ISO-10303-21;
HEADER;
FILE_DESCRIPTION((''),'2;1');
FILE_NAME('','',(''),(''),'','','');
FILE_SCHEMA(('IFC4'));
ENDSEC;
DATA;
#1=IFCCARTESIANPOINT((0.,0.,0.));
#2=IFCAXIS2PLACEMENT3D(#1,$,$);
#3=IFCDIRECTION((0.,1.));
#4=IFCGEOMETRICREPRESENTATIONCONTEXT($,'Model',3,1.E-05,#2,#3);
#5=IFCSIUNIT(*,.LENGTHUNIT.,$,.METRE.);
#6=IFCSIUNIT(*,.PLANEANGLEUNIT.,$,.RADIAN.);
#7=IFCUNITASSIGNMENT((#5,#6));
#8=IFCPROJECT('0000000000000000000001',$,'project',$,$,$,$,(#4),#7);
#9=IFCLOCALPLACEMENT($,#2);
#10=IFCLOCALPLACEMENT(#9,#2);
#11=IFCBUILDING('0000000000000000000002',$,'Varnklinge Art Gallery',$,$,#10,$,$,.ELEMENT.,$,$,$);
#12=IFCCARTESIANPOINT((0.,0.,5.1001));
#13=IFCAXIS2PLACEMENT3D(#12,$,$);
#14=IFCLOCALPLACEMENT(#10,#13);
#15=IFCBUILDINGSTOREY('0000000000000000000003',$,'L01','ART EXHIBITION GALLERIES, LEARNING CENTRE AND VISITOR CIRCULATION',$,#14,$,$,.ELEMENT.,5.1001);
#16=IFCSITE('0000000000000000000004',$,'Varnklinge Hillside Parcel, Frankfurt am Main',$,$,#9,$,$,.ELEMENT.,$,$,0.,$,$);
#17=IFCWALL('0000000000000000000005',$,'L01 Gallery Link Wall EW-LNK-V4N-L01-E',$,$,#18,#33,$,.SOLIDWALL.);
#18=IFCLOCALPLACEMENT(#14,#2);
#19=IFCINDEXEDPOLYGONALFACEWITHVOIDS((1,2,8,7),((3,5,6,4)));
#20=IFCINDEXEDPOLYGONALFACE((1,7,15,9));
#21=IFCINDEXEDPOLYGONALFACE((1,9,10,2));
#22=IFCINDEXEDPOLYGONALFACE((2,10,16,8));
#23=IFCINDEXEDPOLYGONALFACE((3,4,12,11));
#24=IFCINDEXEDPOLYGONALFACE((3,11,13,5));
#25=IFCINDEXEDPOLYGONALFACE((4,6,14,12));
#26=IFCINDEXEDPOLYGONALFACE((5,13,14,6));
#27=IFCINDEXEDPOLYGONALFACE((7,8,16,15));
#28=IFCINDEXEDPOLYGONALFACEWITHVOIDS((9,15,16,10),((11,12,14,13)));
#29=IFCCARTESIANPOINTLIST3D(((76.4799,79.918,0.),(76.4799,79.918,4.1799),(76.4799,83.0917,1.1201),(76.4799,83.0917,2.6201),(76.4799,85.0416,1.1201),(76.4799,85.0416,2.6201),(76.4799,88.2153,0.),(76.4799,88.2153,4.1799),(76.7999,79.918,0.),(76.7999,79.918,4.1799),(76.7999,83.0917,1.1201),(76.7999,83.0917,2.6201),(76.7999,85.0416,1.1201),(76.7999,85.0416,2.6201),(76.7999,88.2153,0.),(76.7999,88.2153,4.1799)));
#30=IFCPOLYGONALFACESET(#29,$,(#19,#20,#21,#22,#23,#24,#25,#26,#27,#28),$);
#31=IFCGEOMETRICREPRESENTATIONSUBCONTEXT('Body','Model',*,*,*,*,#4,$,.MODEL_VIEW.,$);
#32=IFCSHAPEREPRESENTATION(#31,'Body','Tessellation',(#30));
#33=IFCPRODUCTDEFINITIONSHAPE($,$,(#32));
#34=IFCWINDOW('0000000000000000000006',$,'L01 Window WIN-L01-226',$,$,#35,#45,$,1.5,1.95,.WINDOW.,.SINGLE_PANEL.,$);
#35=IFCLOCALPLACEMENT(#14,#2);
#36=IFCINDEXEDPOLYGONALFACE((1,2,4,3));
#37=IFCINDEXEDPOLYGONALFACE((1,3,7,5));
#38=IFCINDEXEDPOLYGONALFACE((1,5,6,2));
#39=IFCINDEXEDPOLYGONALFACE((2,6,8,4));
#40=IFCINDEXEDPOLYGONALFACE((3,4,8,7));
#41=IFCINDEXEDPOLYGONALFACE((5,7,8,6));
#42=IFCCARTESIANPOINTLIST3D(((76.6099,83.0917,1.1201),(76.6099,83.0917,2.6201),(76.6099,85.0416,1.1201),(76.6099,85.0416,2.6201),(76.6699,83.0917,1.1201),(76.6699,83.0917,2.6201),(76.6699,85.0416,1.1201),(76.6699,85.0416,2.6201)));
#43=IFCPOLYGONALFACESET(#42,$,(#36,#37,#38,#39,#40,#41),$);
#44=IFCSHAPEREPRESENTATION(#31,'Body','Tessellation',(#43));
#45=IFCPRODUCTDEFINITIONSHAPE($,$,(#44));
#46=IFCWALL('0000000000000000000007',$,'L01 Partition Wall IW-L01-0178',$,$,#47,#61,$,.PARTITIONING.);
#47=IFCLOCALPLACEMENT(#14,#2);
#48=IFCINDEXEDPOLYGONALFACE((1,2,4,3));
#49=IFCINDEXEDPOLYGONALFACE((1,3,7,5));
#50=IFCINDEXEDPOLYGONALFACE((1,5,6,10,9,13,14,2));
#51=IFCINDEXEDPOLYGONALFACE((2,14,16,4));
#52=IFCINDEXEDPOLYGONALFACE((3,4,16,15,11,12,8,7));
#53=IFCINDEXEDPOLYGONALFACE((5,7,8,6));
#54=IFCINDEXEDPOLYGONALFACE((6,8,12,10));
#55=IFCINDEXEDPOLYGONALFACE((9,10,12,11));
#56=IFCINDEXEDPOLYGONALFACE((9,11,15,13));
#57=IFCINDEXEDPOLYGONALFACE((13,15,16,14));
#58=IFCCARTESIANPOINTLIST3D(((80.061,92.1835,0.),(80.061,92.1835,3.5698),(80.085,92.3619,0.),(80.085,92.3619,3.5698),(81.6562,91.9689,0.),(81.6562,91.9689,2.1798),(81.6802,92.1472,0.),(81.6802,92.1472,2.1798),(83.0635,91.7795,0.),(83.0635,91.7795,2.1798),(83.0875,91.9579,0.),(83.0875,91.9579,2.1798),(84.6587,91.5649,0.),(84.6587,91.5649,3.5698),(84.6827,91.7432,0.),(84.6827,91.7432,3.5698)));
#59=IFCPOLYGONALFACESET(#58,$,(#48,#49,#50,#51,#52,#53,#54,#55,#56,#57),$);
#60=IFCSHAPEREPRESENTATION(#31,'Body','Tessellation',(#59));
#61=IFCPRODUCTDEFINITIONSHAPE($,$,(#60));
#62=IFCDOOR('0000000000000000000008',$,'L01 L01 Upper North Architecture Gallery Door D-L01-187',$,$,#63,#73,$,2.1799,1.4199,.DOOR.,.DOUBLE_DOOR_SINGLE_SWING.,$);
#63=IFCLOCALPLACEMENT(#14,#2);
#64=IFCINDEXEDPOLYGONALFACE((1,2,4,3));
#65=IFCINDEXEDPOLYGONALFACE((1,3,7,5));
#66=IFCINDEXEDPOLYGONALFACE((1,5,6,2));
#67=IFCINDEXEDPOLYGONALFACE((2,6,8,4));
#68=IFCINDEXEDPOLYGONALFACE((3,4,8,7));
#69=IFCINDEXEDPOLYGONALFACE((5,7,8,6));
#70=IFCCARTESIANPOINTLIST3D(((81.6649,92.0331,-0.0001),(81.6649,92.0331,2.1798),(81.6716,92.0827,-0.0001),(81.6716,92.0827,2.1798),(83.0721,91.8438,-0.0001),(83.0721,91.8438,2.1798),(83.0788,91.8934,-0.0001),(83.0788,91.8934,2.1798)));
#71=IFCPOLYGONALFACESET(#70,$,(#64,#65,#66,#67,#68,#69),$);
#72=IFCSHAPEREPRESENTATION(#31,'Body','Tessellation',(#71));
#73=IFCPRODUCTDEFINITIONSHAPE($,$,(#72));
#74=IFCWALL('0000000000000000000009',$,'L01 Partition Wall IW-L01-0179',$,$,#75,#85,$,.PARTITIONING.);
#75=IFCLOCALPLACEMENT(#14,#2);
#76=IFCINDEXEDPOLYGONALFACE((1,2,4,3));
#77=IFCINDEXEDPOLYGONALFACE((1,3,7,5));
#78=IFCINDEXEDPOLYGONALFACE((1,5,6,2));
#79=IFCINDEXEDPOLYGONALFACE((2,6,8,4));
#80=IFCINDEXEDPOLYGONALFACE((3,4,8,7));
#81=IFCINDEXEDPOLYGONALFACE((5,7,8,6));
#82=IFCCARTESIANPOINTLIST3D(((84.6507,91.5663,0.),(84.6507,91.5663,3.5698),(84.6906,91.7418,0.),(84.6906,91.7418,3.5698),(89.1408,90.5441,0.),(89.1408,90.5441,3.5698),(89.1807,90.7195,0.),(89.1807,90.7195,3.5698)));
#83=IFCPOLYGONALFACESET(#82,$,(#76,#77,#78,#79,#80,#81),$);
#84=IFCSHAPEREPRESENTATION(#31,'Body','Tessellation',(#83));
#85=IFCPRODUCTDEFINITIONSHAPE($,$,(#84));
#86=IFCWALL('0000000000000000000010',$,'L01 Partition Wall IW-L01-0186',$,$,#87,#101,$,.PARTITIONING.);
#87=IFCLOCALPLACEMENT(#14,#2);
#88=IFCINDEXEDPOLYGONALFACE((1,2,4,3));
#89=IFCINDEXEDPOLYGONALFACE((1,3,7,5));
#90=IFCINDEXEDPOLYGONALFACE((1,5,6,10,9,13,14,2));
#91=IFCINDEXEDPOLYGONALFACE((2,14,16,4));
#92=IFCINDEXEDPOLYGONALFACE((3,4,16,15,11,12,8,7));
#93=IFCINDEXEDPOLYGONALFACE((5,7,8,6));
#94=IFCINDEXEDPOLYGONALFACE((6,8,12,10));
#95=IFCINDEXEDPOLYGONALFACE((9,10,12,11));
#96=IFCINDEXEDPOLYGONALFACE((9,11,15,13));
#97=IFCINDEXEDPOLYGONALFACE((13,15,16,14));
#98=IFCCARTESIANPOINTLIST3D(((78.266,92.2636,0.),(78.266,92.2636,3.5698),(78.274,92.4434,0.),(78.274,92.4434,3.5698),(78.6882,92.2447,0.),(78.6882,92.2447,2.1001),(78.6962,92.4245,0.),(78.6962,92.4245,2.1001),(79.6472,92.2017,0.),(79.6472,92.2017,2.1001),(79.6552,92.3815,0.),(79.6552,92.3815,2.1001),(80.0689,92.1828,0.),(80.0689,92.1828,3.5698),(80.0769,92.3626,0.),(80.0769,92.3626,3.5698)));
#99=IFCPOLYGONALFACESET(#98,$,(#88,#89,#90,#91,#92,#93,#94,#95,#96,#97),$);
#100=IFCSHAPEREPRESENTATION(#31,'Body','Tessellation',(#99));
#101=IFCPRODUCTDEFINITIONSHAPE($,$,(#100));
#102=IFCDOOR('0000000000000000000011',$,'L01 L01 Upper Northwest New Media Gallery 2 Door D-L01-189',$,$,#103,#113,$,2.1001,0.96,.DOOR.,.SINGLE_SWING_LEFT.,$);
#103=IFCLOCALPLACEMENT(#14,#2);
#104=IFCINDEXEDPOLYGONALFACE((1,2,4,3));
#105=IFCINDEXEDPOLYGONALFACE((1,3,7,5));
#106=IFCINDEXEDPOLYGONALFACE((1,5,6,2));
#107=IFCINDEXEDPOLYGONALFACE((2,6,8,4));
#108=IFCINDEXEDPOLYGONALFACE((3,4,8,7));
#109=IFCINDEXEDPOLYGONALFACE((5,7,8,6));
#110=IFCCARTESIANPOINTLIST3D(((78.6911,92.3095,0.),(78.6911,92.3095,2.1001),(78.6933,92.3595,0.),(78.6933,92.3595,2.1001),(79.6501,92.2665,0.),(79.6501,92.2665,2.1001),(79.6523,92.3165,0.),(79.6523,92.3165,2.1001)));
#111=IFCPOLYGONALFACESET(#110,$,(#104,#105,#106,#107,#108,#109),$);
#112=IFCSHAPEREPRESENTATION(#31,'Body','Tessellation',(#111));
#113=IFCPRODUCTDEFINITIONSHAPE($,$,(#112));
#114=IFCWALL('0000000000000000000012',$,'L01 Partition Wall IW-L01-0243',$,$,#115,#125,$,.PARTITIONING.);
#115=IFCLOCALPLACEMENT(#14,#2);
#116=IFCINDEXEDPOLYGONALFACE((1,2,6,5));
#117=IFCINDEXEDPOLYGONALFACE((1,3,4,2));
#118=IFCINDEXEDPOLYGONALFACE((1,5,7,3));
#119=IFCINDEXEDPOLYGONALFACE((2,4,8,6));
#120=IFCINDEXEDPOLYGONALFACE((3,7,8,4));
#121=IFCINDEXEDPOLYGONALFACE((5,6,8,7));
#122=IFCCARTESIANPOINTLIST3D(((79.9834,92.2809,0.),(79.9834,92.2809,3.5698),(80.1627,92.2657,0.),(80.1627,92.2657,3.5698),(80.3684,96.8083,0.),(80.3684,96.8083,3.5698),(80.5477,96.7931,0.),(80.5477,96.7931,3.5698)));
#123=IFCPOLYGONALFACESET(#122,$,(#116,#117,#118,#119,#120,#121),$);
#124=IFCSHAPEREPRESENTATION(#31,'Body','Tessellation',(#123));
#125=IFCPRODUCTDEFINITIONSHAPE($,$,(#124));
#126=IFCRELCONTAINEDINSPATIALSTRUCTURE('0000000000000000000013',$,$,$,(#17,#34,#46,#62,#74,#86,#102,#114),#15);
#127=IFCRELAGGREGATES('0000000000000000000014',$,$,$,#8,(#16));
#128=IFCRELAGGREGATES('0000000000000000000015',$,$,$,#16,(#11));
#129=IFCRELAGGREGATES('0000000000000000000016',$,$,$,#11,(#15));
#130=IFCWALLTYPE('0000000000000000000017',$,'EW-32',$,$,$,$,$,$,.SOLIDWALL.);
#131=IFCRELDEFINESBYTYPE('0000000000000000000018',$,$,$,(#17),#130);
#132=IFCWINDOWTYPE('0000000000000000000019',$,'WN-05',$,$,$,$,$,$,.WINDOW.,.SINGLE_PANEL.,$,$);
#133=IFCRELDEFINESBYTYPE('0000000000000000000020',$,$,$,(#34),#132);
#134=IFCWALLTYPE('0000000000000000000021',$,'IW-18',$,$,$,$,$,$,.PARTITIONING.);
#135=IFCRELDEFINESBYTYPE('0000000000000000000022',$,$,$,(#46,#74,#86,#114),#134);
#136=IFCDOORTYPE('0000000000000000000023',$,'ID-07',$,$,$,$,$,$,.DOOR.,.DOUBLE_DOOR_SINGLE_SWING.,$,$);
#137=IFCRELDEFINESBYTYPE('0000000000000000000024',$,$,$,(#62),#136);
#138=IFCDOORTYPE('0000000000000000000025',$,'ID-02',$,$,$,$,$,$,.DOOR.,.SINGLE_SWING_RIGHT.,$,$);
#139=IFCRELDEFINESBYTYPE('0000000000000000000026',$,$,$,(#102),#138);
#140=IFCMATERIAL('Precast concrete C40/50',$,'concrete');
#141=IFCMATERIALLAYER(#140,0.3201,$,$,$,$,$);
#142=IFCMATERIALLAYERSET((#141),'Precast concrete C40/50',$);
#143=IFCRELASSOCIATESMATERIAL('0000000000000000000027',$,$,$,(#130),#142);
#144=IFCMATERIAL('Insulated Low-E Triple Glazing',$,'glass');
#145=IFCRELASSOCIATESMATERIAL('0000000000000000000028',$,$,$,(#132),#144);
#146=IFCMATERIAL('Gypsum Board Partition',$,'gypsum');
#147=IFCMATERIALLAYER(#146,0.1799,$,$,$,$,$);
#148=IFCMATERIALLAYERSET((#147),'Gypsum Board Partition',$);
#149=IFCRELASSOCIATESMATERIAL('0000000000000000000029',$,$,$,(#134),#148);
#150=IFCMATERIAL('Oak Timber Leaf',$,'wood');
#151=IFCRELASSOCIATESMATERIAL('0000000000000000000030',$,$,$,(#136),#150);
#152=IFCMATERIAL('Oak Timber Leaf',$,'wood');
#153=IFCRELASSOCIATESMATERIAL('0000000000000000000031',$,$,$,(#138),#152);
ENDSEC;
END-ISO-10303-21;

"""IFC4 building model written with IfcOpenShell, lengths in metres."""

from ifc_helpers import new_model, si_unit, direction, frame, frame_2d, origin, place, context, subcontext, project, spatial, rectangle, extrude, material, layer, layer_set, type_object, element, fill, save


model = new_model("IFC4")

# Units and contexts
model_context = context("Model", 3, precision=1e-05, world=origin(), true_north=direction((0.0, 1.0)))
body_context = subcontext(model_context, "Body", "Model", "MODEL_VIEW")
ifc_project = project(units=[si_unit("LENGTHUNIT", "METRE"), si_unit("PLANEANGLEUNIT", "RADIAN")], contexts=[model_context])

# Site, building, storey
site_placement = place(None, origin())
site = spatial("IfcSite", under=ifc_project, at=site_placement, Name="Varnklinge Hillside Parcel, Frankfurt am Main", CompositionType="ELEMENT", RefElevation=0.0)
building_placement = place(site_placement, origin())
building = spatial("IfcBuilding", under=site, at=building_placement, Name="Varnklinge Art Gallery", CompositionType="ELEMENT")
storey_placement = place(building_placement, frame((0.0, 0.0, 5.1001)))
storey = spatial("IfcBuildingStorey", under=building, at=storey_placement, Name="L01", Description="ART EXHIBITION GALLERIES, LEARNING CENTRE AND VISITOR CIRCULATION", CompositionType="ELEMENT", Elevation=5.1001)

# Shared definitions
ifc_material_1 = material(Name="Precast concrete C40/50", Category="concrete")
ifc_layer_1 = layer(ifc_material_1, 0.3201)
ifc_layer_set_1 = layer_set([ifc_layer_1], Name="Precast concrete C40/50")
wall_type_1 = type_object("IfcWallType", Name="EW-32", PredefinedType="SOLIDWALL", material=ifc_layer_set_1)

# Wall, opening, window
wall_1_placement = place(storey_placement, frame((76.6399, 88.2153, 0.0), z_axis=(0.0, 0.0, 1.0), x_axis=(0.0, -1.0, 0.0)))
wall_1 = element("IfcWall", 1, at=wall_1_placement, inside=storey, type_object=wall_type_1, Name="L01 Gallery Link Wall EW-LNK-V4N-L01-E", PredefinedType="SOLIDWALL", context=body_context, shape_type="SweptSolid", body=[
    extrude(rectangle(XDim=8.2974, YDim=0.3201, at=frame_2d((4.1487, 0.0))), origin(), (0.0, 0.0, 1.0), 4.1799),
])
opening_1_placement = place(wall_1_placement, frame((3.1736, 0.0, 1.1201)))
opening_1 = element("IfcOpeningElement", 2, at=opening_1_placement, cuts=wall_1, PredefinedType="OPENING", context=body_context, shape_type="SweptSolid", body=[
    extrude(rectangle(XDim=1.95, YDim=1.5, at=frame_2d((0.9751, 0.75))), frame((0.0, 0.1702, 0.0), z_axis=(0.0, -1.0, 0.0), x_axis=(1.0, 0.0, 0.0)), (0.0, 0.0, 1.0), 0.3401),
])
ifc_material_2 = material(Name="Insulated Low-E Triple Glazing", Category="glass")
window_type = type_object("IfcWindowType", Name="WN-05", PartitioningType="SINGLE_PANEL", PredefinedType="WINDOW", material=ifc_material_2)
window_placement = place(opening_1_placement, origin())
window = element("IfcWindow", 3, at=window_placement, inside=storey, type_object=window_type, Name="L01 Window WIN-L01-226", OverallHeight=1.5, OverallWidth=1.95, PartitioningType="SINGLE_PANEL", PredefinedType="WINDOW", context=body_context, shape_type="SweptSolid", body=[
    extrude(rectangle(XDim=1.95, YDim=1.5, at=frame_2d((0.9751, 0.75))), frame((0.0, 0.03, 0.0), z_axis=(0.0, -1.0, 0.0), x_axis=(1.0, 0.0, 0.0)), (0.0, 0.0, 1.0), 0.0601),
])
fill(opening_1, window)

# Wall, opening, door
ifc_material_3 = material(Name="Gypsum Board Partition", Category="gypsum")
ifc_layer_2 = layer(ifc_material_3, 0.1799)
ifc_layer_set_2 = layer_set([ifc_layer_2], Name="Gypsum Board Partition")
wall_type_2 = type_object("IfcWallType", Name="IW-18", PredefinedType="PARTITIONING", material=ifc_layer_set_2)
wall_2_placement = place(storey_placement, frame((80.073, 92.2727, 0.0), z_axis=(0.0, 0.0, 1.0), x_axis=(0.991068, -0.133356, 0.0)))
wall_2 = element("IfcWall", 4, at=wall_2_placement, inside=storey, type_object=wall_type_2, Name="L01 Partition Wall IW-L01-0178", PredefinedType="PARTITIONING", context=body_context, shape_type="SweptSolid", body=[
    extrude(rectangle(XDim=4.6392, YDim=0.1799, at=frame_2d((2.3196, 0.0))), origin(), (0.0, 0.0, 1.0), 3.5698),
])
opening_2_placement = place(wall_2_placement, frame((1.6096, 0.0, 0.0)))
opening_2 = element("IfcOpeningElement", 5, at=opening_2_placement, cuts=wall_2, PredefinedType="OPENING", context=body_context, shape_type="SweptSolid", body=[
    extrude(rectangle(XDim=1.4199, YDim=2.1799, at=frame_2d((0.71, 1.0898))), frame((0.0, 0.0999, 0.0), z_axis=(0.0, -1.0, 0.0), x_axis=(1.0, 0.0, 0.0)), (0.0, 0.0, 1.0), 0.2),
])
ifc_material_4 = material(Name="Oak Timber Leaf", Category="wood")
door_type_1 = type_object("IfcDoorType", Name="ID-07", OperationType="DOUBLE_DOOR_SINGLE_SWING", PredefinedType="DOOR", material=ifc_material_4)
door_1_placement = place(opening_2_placement, origin())
door_1 = element("IfcDoor", 6, at=door_1_placement, inside=storey, type_object=door_type_1, Name="L01 L01 Upper North Architecture Gallery Door D-L01-187", OperationType="DOUBLE_DOOR_SINGLE_SWING", OverallHeight=2.1799, OverallWidth=1.4199, PredefinedType="DOOR", context=body_context, shape_type="SweptSolid", body=[
    extrude(rectangle(XDim=1.4199, YDim=2.1799, at=frame_2d((0.71, 1.0898))), frame((0.0, 0.0249, 0.0), z_axis=(0.0, -1.0, 0.0), x_axis=(1.0, 0.0, 0.0)), (0.0, 0.0, 1.0), 0.05),
])
fill(opening_2, door_1)

# Wall
wall_3_placement = place(storey_placement, frame((84.6707, 91.6541, 0.0), z_axis=(0.0, 0.0, 1.0), x_axis=(0.97505, -0.221985, 0.0)))
element("IfcWall", 7, at=wall_3_placement, inside=storey, type_object=wall_type_2, Name="L01 Partition Wall IW-L01-0179", PredefinedType="PARTITIONING", context=body_context, shape_type="SweptSolid", body=[
    extrude(rectangle(XDim=4.605, YDim=0.1799, at=frame_2d((2.3025, 0.0))), origin(), (0.0, 0.0, 1.0), 3.5698),
])

# Wall, opening, door
wall_4_placement = place(storey_placement, frame((78.27, 92.3535, 0.0), z_axis=(0.0, 0.0, 1.0), x_axis=(0.998997, -0.044776, 0.0)))
wall_4 = element("IfcWall", 8, at=wall_4_placement, inside=storey, type_object=wall_type_2, Name="L01 Partition Wall IW-L01-0186", PredefinedType="PARTITIONING", context=body_context, shape_type="SweptSolid", body=[
    extrude(rectangle(XDim=1.8047, YDim=0.1799, at=frame_2d((0.9023, 0.0))), origin(), (0.0, 0.0, 1.0), 3.5698),
])
opening_3_placement = place(wall_4_placement, frame((0.4226, 0.0, 0.0)))
opening_3 = element("IfcOpeningElement", 9, at=opening_3_placement, cuts=wall_4, PredefinedType="OPENING", context=body_context, shape_type="SweptSolid", body=[
    extrude(rectangle(XDim=0.96, YDim=2.1001, at=frame_2d((0.48, 1.05))), frame((0.0, 0.0999, 0.0), z_axis=(0.0, -1.0, 0.0), x_axis=(1.0, 0.0, 0.0)), (0.0, 0.0, 1.0), 0.2),
])
ifc_material_5 = material(Name="Oak Timber Leaf", Category="wood")
door_type_2 = type_object("IfcDoorType", Name="ID-02", OperationType="SINGLE_SWING_RIGHT", PredefinedType="DOOR", material=ifc_material_5)
door_2_placement = place(opening_3_placement, origin())
door_2 = element("IfcDoor", 10, at=door_2_placement, inside=storey, type_object=door_type_2, Name="L01 L01 Upper Northwest New Media Gallery 2 Door D-L01-189", OperationType="SINGLE_SWING_LEFT", OverallHeight=2.1001, OverallWidth=0.96, PredefinedType="DOOR", context=body_context, shape_type="SweptSolid", body=[
    extrude(rectangle(XDim=0.96, YDim=2.1001, at=frame_2d((0.48, 1.05))), frame((0.0, 0.0249, 0.0), z_axis=(0.0, -1.0, 0.0), x_axis=(1.0, 0.0, 0.0)), (0.0, 0.0, 1.0), 0.05),
])
fill(opening_3, door_2)

# Wall
wall_5_placement = place(storey_placement, frame((80.073, 92.2732, 0.0), z_axis=(0.0, 0.0, 1.0), x_axis=(0.084735, 0.996404, 0.0)))
element("IfcWall", 11, at=wall_5_placement, inside=storey, type_object=wall_type_2, Name="L01 Partition Wall IW-L01-0243", PredefinedType="PARTITIONING", context=body_context, shape_type="SweptSolid", body=[
    extrude(rectangle(XDim=4.5437, YDim=0.1799, at=frame_2d((2.272, 0.0))), origin(), (0.0, 0.0, 1.0), 3.5698),
])

save(model, "model.ifc")
